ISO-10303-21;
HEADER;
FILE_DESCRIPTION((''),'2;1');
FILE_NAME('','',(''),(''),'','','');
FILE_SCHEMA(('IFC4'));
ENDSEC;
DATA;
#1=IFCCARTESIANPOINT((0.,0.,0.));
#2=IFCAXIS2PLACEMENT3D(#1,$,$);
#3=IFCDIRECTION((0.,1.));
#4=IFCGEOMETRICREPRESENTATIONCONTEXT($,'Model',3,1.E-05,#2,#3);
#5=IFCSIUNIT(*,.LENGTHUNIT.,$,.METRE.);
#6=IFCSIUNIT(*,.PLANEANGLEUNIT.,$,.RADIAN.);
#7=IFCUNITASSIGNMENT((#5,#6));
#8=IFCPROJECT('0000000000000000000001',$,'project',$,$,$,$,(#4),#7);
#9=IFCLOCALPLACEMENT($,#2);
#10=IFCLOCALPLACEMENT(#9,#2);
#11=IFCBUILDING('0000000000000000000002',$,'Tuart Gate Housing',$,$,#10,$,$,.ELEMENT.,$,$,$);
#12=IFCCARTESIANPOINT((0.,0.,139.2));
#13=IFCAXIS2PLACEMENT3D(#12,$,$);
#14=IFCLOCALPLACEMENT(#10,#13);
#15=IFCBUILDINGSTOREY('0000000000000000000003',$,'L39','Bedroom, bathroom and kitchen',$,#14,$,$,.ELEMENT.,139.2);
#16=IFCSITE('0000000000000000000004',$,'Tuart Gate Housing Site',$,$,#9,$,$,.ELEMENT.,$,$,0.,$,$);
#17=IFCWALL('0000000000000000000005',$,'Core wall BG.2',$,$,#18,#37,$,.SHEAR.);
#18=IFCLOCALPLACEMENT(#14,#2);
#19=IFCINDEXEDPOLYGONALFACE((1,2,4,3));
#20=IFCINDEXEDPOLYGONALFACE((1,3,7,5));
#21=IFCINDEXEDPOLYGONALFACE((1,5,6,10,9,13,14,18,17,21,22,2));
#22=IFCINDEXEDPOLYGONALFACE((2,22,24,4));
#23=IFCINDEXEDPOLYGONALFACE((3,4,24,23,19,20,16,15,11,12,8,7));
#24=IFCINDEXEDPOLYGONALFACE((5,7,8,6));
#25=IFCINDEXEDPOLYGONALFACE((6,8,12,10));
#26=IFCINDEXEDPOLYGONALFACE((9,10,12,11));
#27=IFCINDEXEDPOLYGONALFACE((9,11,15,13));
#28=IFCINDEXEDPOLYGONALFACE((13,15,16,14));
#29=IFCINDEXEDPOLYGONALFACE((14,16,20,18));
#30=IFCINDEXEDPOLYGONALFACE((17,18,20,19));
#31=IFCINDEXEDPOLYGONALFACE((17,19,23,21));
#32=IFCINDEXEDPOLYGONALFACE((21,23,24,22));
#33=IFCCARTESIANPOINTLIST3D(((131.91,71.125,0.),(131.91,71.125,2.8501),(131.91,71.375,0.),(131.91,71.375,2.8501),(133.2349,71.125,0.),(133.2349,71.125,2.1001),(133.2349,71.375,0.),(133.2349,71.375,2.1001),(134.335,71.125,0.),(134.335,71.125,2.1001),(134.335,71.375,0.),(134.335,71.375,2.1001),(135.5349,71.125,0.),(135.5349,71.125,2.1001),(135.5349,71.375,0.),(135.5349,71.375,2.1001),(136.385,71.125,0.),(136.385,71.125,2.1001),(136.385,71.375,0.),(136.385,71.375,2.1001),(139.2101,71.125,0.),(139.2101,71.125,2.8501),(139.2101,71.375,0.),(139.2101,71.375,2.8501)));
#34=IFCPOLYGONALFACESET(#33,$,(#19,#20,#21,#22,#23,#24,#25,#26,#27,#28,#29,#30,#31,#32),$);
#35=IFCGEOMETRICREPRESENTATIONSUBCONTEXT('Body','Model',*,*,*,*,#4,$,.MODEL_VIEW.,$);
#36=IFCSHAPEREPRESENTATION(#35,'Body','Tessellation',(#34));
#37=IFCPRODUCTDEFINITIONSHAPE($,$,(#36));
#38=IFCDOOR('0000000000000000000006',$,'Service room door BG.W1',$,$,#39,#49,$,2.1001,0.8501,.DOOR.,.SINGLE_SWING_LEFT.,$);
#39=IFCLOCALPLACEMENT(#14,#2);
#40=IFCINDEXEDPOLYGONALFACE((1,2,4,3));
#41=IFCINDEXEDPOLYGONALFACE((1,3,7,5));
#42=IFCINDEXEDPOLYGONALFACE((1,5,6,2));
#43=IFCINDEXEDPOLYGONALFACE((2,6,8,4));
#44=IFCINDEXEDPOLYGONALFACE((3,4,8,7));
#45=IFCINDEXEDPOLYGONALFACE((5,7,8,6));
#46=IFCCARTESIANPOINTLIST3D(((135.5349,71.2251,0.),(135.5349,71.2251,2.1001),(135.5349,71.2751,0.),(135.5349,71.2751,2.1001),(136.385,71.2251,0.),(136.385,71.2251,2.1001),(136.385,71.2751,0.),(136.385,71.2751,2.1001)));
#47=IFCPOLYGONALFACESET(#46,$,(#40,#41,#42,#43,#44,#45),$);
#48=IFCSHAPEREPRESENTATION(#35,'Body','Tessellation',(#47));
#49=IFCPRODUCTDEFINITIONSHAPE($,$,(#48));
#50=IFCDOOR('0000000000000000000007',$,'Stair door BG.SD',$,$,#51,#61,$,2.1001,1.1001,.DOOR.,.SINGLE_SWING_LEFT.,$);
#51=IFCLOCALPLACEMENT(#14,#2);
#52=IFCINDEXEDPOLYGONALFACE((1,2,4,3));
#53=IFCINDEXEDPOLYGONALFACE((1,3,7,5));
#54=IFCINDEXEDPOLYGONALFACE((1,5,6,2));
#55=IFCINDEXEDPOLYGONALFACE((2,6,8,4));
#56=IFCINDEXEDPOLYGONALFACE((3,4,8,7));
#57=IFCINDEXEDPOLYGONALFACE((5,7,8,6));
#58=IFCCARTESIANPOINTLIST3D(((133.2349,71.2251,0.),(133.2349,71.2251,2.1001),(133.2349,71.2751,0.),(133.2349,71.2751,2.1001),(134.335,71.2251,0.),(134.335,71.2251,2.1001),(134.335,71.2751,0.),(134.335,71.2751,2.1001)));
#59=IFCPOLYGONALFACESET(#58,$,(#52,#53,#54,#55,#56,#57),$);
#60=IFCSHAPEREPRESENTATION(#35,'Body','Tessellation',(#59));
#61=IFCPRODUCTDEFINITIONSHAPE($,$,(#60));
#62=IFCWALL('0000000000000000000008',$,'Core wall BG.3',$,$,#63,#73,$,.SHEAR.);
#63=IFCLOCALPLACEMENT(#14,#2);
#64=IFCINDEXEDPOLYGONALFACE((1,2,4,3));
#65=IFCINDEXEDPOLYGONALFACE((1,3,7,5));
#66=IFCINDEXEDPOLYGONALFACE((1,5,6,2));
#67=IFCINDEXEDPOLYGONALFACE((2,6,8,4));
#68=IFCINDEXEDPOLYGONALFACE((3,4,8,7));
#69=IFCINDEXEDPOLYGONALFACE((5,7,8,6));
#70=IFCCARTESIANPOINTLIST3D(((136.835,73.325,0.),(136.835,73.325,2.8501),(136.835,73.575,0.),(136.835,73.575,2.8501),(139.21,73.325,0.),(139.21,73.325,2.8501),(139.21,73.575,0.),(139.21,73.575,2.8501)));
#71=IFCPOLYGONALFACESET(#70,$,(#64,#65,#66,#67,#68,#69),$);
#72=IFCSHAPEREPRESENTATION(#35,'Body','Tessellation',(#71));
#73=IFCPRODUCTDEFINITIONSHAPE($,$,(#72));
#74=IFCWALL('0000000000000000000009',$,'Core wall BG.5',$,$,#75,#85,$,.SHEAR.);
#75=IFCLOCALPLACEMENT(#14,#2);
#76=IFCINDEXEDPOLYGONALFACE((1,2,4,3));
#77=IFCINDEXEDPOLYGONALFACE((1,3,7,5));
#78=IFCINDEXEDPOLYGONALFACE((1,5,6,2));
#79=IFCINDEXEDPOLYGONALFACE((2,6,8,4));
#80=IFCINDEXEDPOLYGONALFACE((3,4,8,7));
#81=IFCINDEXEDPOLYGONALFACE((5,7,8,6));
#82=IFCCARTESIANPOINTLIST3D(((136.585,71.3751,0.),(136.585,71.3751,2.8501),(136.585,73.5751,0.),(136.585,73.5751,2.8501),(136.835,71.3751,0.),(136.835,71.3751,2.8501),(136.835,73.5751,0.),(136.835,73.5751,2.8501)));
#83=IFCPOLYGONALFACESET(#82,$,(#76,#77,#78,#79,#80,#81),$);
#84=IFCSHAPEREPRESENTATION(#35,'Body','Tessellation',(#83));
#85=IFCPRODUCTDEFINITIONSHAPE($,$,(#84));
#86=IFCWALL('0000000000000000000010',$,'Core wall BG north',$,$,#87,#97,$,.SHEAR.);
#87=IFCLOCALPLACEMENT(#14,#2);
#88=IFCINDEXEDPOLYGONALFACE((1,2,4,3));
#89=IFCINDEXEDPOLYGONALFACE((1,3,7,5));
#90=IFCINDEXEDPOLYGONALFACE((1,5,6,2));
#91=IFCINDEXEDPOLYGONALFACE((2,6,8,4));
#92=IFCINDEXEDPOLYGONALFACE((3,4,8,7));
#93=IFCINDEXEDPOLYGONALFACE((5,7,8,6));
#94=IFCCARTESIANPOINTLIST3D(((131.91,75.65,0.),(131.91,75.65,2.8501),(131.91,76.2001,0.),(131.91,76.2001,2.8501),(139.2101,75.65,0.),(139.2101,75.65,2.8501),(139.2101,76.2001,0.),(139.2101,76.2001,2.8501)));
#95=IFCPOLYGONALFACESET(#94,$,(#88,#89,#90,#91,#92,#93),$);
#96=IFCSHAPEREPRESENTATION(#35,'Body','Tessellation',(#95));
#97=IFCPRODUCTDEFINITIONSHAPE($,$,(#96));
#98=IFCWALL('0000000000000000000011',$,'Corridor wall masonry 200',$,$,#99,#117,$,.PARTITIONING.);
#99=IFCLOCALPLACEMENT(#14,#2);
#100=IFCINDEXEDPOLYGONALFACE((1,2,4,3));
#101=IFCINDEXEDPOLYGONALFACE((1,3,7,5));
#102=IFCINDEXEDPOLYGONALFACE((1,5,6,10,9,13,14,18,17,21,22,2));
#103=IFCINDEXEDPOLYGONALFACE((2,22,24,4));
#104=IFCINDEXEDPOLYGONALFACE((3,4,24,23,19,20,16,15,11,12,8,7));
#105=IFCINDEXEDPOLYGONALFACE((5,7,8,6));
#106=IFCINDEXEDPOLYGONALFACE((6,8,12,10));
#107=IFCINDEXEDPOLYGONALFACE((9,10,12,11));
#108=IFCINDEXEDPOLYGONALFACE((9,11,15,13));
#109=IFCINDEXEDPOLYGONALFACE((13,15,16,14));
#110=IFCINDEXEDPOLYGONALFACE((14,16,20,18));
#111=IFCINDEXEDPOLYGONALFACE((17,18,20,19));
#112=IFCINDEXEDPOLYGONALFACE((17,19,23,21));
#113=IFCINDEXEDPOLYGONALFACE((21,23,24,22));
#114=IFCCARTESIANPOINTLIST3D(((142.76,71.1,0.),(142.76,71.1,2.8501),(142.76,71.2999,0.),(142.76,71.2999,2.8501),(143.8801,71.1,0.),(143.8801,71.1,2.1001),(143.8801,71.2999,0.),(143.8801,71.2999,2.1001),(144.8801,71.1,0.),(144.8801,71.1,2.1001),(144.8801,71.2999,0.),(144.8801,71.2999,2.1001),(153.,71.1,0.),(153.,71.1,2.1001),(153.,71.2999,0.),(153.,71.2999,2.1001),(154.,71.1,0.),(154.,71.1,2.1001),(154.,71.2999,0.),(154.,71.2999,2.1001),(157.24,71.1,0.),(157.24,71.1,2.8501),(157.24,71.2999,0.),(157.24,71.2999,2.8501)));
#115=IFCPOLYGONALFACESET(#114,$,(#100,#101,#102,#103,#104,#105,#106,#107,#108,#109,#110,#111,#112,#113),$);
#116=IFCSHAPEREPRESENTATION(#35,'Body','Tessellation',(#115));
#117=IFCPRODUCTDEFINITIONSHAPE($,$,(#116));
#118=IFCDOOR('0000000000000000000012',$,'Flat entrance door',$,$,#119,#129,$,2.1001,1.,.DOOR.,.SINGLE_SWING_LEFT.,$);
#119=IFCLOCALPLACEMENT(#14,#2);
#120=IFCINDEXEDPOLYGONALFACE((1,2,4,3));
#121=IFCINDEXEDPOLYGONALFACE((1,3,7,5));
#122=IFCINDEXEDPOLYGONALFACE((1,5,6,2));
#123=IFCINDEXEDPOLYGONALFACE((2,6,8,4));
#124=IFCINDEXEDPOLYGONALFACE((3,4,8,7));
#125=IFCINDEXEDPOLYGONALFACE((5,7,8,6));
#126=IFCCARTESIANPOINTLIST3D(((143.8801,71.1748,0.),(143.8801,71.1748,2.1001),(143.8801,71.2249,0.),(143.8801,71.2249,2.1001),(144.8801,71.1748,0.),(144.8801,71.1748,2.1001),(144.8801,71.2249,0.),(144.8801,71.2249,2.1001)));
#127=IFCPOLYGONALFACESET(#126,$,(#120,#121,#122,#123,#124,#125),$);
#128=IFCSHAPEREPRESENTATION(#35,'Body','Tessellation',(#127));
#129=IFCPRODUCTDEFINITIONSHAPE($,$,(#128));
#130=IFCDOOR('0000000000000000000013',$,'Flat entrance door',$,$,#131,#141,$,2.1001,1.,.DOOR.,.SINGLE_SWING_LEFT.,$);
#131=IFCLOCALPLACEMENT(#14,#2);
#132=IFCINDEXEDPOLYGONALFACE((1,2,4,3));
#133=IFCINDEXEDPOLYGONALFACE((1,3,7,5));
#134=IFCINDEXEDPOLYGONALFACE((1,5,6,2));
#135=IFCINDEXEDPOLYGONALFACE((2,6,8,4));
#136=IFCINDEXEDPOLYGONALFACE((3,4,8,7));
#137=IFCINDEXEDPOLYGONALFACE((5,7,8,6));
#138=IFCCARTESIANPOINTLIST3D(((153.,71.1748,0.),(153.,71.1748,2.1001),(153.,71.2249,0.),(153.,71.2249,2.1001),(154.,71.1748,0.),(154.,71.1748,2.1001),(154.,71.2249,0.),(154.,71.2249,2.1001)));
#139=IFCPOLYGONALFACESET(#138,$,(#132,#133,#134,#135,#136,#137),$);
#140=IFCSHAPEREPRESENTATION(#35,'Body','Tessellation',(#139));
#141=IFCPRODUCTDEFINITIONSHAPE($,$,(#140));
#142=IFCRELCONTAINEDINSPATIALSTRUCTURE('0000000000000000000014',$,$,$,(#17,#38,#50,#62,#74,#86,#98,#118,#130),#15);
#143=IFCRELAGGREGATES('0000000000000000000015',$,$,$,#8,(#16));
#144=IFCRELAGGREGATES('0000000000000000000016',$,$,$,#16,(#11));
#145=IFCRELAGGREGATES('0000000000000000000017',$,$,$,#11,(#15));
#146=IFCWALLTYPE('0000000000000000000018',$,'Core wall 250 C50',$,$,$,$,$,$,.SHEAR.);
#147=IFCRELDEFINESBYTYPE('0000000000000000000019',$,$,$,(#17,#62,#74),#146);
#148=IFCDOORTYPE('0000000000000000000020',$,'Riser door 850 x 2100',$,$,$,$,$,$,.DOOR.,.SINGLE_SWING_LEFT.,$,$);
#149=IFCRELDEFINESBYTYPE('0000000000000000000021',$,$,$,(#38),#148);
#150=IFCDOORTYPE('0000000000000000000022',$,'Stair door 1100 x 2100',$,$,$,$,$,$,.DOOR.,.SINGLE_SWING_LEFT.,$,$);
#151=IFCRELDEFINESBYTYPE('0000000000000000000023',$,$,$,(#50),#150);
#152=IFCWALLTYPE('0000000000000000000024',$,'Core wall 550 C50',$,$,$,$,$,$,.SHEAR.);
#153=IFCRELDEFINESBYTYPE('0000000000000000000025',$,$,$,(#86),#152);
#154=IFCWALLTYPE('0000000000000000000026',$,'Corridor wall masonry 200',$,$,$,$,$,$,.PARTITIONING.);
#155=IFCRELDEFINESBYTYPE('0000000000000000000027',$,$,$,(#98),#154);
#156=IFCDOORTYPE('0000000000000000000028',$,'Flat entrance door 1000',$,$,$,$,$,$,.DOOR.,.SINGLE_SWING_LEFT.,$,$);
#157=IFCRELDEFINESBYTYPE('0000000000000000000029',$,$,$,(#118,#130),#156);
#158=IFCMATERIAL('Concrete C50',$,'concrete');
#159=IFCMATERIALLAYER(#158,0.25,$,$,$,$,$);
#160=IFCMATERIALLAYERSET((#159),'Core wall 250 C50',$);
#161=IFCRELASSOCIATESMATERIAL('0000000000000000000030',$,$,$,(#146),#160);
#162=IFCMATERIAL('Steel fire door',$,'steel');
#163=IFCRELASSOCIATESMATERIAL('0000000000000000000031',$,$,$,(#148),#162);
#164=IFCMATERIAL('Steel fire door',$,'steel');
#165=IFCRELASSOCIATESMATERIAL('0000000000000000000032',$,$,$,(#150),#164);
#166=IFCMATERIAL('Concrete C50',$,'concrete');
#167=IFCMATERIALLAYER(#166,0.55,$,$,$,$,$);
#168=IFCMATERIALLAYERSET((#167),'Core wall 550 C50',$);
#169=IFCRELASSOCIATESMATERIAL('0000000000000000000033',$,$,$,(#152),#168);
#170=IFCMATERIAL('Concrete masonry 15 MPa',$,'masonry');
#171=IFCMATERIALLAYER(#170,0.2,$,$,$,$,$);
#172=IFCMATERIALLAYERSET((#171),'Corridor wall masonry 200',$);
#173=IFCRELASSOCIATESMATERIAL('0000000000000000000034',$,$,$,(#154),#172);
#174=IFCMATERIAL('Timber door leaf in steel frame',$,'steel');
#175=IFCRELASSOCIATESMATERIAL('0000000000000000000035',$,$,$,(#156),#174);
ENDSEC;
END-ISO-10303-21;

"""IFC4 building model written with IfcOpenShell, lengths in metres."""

from ifc_helpers import new_model, si_unit, direction, frame, frame_2d, origin, place, context, subcontext, project, spatial, rectangle, extrude, material, layer, layer_set, type_object, element, fill, save


model = new_model("IFC4")

# Units and contexts
model_context = context("Model", 3, precision=1e-05, world=origin(), true_north=direction((0.0, 1.0)))
body_context = subcontext(model_context, "Body", "Model", "MODEL_VIEW")
ifc_project = project(units=[si_unit("LENGTHUNIT", "METRE"), si_unit("PLANEANGLEUNIT", "RADIAN")], contexts=[model_context])

# Site, building, storey
site_placement = place(None, origin())
site = spatial("IfcSite", under=ifc_project, at=site_placement, Name="Tuart Gate Housing Site", CompositionType="ELEMENT", RefElevation=0.0)
building_placement = place(site_placement, origin())
building = spatial("IfcBuilding", under=site, at=building_placement, Name="Tuart Gate Housing", CompositionType="ELEMENT")
storey_placement = place(building_placement, frame((0.0, 0.0, 139.2)))
storey = spatial("IfcBuildingStorey", under=building, at=storey_placement, Name="L39", Description="Bedroom, bathroom and kitchen", CompositionType="ELEMENT", Elevation=139.2)

# Wall, openings, doors
ifc_material_1 = material(Name="Concrete C50", Category="concrete")
ifc_layer_1 = layer(ifc_material_1, 0.25)
ifc_layer_set_1 = layer_set([ifc_layer_1], Name="Core wall 250 C50")
wall_type_1 = type_object("IfcWallType", Name="Core wall 250 C50", PredefinedType="SHEAR", material=ifc_layer_set_1)
wall_1_placement = place(storey_placement, frame((139.21, 71.25, 0.0), z_axis=(0.0, 0.0, 1.0), x_axis=(-1.0, 0.0, 0.0)))
wall_1 = element("IfcWall", 1, at=wall_1_placement, inside=storey, type_object=wall_type_1, Name="Core wall BG.2", PredefinedType="SHEAR", context=body_context, shape_type="SweptSolid", body=[
    extrude(rectangle(XDim=7.3, YDim=0.25, at=frame_2d((3.6499, 0.0))), origin(), (0.0, 0.0, 1.0), 2.8501),
])
opening_1_placement = place(wall_1_placement, frame((4.875, 0.0, 0.0)))
opening_1 = element("IfcOpeningElement", 2, at=opening_1_placement, cuts=wall_1, PredefinedType="OPENING", context=body_context, shape_type="SweptSolid", body=[
    extrude(rectangle(XDim=1.1001, YDim=2.1001, at=frame_2d((0.55, 1.05))), frame((0.0, 0.135, 0.0), z_axis=(0.0, -1.0, 0.0), x_axis=(1.0, 0.0, 0.0)), (0.0, 0.0, 1.0), 0.27),
])
opening_2_placement = place(wall_1_placement, frame((2.825, 0.0, 0.0)))
opening_2 = element("IfcOpeningElement", 3, at=opening_2_placement, cuts=wall_1, PredefinedType="OPENING", context=body_context, shape_type="SweptSolid", body=[
    extrude(rectangle(XDim=0.8501, YDim=2.1001, at=frame_2d((0.425, 1.05))), frame((0.0, 0.135, 0.0), z_axis=(0.0, -1.0, 0.0), x_axis=(1.0, 0.0, 0.0)), (0.0, 0.0, 1.0), 0.27),
])
ifc_material_2 = material(Name="Steel fire door", Category="steel")
door_type_1 = type_object("IfcDoorType", Name="Riser door 850 x 2100", OperationType="SINGLE_SWING_LEFT", PredefinedType="DOOR", material=ifc_material_2)
door_1_placement = place(opening_2_placement, origin())
door_1 = element("IfcDoor", 4, at=door_1_placement, inside=storey, type_object=door_type_1, Name="Service room door BG.W1", OperationType="SINGLE_SWING_LEFT", OverallHeight=2.1001, OverallWidth=0.8501, PredefinedType="DOOR", context=body_context, shape_type="SweptSolid", body=[
    extrude(rectangle(XDim=0.8501, YDim=2.1001, at=frame_2d((0.425, 1.05))), frame((0.0, 0.0249, 0.0), z_axis=(0.0, -1.0, 0.0), x_axis=(1.0, 0.0, 0.0)), (0.0, 0.0, 1.0), 0.05),
])
fill(opening_2, door_1)
ifc_material_3 = material(Name="Steel fire door", Category="steel")
door_type_2 = type_object("IfcDoorType", Name="Stair door 1100 x 2100", OperationType="SINGLE_SWING_LEFT", PredefinedType="DOOR", material=ifc_material_3)
door_2_placement = place(opening_1_placement, origin())
door_2 = element("IfcDoor", 5, at=door_2_placement, inside=storey, type_object=door_type_2, Name="Stair door BG.SD", OperationType="SINGLE_SWING_LEFT", OverallHeight=2.1001, OverallWidth=1.1001, PredefinedType="DOOR", context=body_context, shape_type="SweptSolid", body=[
    extrude(rectangle(XDim=1.1001, YDim=2.1001, at=frame_2d((0.55, 1.05))), frame((0.0, 0.0249, 0.0), z_axis=(0.0, -1.0, 0.0), x_axis=(1.0, 0.0, 0.0)), (0.0, 0.0, 1.0), 0.05),
])
fill(opening_1, door_2)

# Walls
wall_2_placement = place(storey_placement, frame((139.21, 73.45, 0.0), z_axis=(0.0, 0.0, 1.0), x_axis=(-1.0, 0.0, 0.0)))
element("IfcWall", 6, at=wall_2_placement, inside=storey, type_object=wall_type_1, Name="Core wall BG.3", PredefinedType="SHEAR", context=body_context, shape_type="SweptSolid", body=[
    extrude(rectangle(XDim=2.375, YDim=0.25, at=frame_2d((1.1875, 0.0))), origin(), (0.0, 0.0, 1.0), 2.8501),
])
wall_3_placement = place(storey_placement, frame((136.71, 71.375, 0.0), z_axis=(0.0, 0.0, 1.0), x_axis=(0.0, 1.0, 0.0)))
element("IfcWall", 7, at=wall_3_placement, inside=storey, type_object=wall_type_1, Name="Core wall BG.5", PredefinedType="SHEAR", context=body_context, shape_type="SweptSolid", body=[
    extrude(rectangle(XDim=2.2, YDim=0.25, at=frame_2d((1.1001, 0.0))), origin(), (0.0, 0.0, 1.0), 2.8501),
])
ifc_material_4 = material(Name="Concrete C50", Category="concrete")
ifc_layer_2 = layer(ifc_material_4, 0.55)
ifc_layer_set_2 = layer_set([ifc_layer_2], Name="Core wall 550 C50")
wall_type_2 = type_object("IfcWallType", Name="Core wall 550 C50", PredefinedType="SHEAR", material=ifc_layer_set_2)
wall_4_placement = place(storey_placement, frame((139.21, 75.925, 0.0), z_axis=(0.0, 0.0, 1.0), x_axis=(-1.0, 0.0, 0.0)))
element("IfcWall", 8, at=wall_4_placement, inside=storey, type_object=wall_type_2, Name="Core wall BG north", PredefinedType="SHEAR", context=body_context, shape_type="SweptSolid", body=[
    extrude(rectangle(XDim=7.3, YDim=0.55, at=frame_2d((3.6499, 0.0))), origin(), (0.0, 0.0, 1.0), 2.8501),
])

# Wall, openings, doors
ifc_material_5 = material(Name="Concrete masonry 15 MPa", Category="masonry")
ifc_layer_3 = layer(ifc_material_5, 0.2)
ifc_layer_set_3 = layer_set([ifc_layer_3], Name="Corridor wall masonry 200")
wall_type_3 = type_object("IfcWallType", Name="Corridor wall masonry 200", PredefinedType="PARTITIONING", material=ifc_layer_set_3)
wall_5_placement = place(storey_placement, frame((142.76, 71.2, 0.0), z_axis=(0.0, 0.0, 1.0), x_axis=(1.0, 0.0, 0.0)))
wall_5 = element("IfcWall", 9, at=wall_5_placement, inside=storey, type_object=wall_type_3, Name="Corridor wall masonry 200", PredefinedType="PARTITIONING", context=body_context, shape_type="SweptSolid", body=[
    extrude(rectangle(XDim=14.48, YDim=0.2, at=frame_2d((7.24, 0.0))), origin(), (0.0, 0.0, 1.0), 2.8501),
])
opening_3_placement = place(wall_5_placement, frame((1.1201, 0.0, 0.0)))
opening_3 = element("IfcOpeningElement", 10, at=opening_3_placement, cuts=wall_5, PredefinedType="OPENING", context=body_context, shape_type="SweptSolid", body=[
    extrude(rectangle(XDim=1.0, YDim=2.1001, at=frame_2d((0.5, 1.05))), frame((0.0, 0.1099, 0.0), z_axis=(0.0, -1.0, 0.0), x_axis=(1.0, 0.0, 0.0)), (0.0, 0.0, 1.0), 0.22),
])
opening_4_placement = place(wall_5_placement, frame((10.24, 0.0, 0.0)))
opening_4 = element("IfcOpeningElement", 11, at=opening_4_placement, cuts=wall_5, PredefinedType="OPENING", context=body_context, shape_type="SweptSolid", body=[
    extrude(rectangle(XDim=1.0, YDim=2.1001, at=frame_2d((0.5, 1.05))), frame((0.0, 0.1099, 0.0), z_axis=(0.0, -1.0, 0.0), x_axis=(1.0, 0.0, 0.0)), (0.0, 0.0, 1.0), 0.22),
])
ifc_material_6 = material(Name="Timber door leaf in steel frame", Category="steel")
door_type_3 = type_object("IfcDoorType", Name="Flat entrance door 1000", OperationType="SINGLE_SWING_LEFT", PredefinedType="DOOR", material=ifc_material_6)
door_3_placement = place(opening_3_placement, origin())
door_3 = element("IfcDoor", 12, at=door_3_placement, inside=storey, type_object=door_type_3, Name="Flat entrance door", OperationType="SINGLE_SWING_LEFT", OverallHeight=2.1001, OverallWidth=1.0, PredefinedType="DOOR", context=body_context, shape_type="SweptSolid", body=[
    extrude(rectangle(XDim=1.0, YDim=2.1001, at=frame_2d((0.5, 1.05))), frame((0.0, 0.0249, 0.0), z_axis=(0.0, -1.0, 0.0), x_axis=(1.0, 0.0, 0.0)), (0.0, 0.0, 1.0), 0.05),
])
fill(opening_3, door_3)
door_4_placement = place(opening_4_placement, origin())
door_4 = element("IfcDoor", 13, at=door_4_placement, inside=storey, type_object=door_type_3, Name="Flat entrance door", OperationType="SINGLE_SWING_LEFT", OverallHeight=2.1001, OverallWidth=1.0, PredefinedType="DOOR", context=body_context, shape_type="SweptSolid", body=[
    extrude(rectangle(XDim=1.0, YDim=2.1001, at=frame_2d((0.5, 1.05))), frame((0.0, 0.0249, 0.0), z_axis=(0.0, -1.0, 0.0), x_axis=(1.0, 0.0, 0.0)), (0.0, 0.0, 1.0), 0.05),
])
fill(opening_4, door_4)

save(model, "model.ifc")
